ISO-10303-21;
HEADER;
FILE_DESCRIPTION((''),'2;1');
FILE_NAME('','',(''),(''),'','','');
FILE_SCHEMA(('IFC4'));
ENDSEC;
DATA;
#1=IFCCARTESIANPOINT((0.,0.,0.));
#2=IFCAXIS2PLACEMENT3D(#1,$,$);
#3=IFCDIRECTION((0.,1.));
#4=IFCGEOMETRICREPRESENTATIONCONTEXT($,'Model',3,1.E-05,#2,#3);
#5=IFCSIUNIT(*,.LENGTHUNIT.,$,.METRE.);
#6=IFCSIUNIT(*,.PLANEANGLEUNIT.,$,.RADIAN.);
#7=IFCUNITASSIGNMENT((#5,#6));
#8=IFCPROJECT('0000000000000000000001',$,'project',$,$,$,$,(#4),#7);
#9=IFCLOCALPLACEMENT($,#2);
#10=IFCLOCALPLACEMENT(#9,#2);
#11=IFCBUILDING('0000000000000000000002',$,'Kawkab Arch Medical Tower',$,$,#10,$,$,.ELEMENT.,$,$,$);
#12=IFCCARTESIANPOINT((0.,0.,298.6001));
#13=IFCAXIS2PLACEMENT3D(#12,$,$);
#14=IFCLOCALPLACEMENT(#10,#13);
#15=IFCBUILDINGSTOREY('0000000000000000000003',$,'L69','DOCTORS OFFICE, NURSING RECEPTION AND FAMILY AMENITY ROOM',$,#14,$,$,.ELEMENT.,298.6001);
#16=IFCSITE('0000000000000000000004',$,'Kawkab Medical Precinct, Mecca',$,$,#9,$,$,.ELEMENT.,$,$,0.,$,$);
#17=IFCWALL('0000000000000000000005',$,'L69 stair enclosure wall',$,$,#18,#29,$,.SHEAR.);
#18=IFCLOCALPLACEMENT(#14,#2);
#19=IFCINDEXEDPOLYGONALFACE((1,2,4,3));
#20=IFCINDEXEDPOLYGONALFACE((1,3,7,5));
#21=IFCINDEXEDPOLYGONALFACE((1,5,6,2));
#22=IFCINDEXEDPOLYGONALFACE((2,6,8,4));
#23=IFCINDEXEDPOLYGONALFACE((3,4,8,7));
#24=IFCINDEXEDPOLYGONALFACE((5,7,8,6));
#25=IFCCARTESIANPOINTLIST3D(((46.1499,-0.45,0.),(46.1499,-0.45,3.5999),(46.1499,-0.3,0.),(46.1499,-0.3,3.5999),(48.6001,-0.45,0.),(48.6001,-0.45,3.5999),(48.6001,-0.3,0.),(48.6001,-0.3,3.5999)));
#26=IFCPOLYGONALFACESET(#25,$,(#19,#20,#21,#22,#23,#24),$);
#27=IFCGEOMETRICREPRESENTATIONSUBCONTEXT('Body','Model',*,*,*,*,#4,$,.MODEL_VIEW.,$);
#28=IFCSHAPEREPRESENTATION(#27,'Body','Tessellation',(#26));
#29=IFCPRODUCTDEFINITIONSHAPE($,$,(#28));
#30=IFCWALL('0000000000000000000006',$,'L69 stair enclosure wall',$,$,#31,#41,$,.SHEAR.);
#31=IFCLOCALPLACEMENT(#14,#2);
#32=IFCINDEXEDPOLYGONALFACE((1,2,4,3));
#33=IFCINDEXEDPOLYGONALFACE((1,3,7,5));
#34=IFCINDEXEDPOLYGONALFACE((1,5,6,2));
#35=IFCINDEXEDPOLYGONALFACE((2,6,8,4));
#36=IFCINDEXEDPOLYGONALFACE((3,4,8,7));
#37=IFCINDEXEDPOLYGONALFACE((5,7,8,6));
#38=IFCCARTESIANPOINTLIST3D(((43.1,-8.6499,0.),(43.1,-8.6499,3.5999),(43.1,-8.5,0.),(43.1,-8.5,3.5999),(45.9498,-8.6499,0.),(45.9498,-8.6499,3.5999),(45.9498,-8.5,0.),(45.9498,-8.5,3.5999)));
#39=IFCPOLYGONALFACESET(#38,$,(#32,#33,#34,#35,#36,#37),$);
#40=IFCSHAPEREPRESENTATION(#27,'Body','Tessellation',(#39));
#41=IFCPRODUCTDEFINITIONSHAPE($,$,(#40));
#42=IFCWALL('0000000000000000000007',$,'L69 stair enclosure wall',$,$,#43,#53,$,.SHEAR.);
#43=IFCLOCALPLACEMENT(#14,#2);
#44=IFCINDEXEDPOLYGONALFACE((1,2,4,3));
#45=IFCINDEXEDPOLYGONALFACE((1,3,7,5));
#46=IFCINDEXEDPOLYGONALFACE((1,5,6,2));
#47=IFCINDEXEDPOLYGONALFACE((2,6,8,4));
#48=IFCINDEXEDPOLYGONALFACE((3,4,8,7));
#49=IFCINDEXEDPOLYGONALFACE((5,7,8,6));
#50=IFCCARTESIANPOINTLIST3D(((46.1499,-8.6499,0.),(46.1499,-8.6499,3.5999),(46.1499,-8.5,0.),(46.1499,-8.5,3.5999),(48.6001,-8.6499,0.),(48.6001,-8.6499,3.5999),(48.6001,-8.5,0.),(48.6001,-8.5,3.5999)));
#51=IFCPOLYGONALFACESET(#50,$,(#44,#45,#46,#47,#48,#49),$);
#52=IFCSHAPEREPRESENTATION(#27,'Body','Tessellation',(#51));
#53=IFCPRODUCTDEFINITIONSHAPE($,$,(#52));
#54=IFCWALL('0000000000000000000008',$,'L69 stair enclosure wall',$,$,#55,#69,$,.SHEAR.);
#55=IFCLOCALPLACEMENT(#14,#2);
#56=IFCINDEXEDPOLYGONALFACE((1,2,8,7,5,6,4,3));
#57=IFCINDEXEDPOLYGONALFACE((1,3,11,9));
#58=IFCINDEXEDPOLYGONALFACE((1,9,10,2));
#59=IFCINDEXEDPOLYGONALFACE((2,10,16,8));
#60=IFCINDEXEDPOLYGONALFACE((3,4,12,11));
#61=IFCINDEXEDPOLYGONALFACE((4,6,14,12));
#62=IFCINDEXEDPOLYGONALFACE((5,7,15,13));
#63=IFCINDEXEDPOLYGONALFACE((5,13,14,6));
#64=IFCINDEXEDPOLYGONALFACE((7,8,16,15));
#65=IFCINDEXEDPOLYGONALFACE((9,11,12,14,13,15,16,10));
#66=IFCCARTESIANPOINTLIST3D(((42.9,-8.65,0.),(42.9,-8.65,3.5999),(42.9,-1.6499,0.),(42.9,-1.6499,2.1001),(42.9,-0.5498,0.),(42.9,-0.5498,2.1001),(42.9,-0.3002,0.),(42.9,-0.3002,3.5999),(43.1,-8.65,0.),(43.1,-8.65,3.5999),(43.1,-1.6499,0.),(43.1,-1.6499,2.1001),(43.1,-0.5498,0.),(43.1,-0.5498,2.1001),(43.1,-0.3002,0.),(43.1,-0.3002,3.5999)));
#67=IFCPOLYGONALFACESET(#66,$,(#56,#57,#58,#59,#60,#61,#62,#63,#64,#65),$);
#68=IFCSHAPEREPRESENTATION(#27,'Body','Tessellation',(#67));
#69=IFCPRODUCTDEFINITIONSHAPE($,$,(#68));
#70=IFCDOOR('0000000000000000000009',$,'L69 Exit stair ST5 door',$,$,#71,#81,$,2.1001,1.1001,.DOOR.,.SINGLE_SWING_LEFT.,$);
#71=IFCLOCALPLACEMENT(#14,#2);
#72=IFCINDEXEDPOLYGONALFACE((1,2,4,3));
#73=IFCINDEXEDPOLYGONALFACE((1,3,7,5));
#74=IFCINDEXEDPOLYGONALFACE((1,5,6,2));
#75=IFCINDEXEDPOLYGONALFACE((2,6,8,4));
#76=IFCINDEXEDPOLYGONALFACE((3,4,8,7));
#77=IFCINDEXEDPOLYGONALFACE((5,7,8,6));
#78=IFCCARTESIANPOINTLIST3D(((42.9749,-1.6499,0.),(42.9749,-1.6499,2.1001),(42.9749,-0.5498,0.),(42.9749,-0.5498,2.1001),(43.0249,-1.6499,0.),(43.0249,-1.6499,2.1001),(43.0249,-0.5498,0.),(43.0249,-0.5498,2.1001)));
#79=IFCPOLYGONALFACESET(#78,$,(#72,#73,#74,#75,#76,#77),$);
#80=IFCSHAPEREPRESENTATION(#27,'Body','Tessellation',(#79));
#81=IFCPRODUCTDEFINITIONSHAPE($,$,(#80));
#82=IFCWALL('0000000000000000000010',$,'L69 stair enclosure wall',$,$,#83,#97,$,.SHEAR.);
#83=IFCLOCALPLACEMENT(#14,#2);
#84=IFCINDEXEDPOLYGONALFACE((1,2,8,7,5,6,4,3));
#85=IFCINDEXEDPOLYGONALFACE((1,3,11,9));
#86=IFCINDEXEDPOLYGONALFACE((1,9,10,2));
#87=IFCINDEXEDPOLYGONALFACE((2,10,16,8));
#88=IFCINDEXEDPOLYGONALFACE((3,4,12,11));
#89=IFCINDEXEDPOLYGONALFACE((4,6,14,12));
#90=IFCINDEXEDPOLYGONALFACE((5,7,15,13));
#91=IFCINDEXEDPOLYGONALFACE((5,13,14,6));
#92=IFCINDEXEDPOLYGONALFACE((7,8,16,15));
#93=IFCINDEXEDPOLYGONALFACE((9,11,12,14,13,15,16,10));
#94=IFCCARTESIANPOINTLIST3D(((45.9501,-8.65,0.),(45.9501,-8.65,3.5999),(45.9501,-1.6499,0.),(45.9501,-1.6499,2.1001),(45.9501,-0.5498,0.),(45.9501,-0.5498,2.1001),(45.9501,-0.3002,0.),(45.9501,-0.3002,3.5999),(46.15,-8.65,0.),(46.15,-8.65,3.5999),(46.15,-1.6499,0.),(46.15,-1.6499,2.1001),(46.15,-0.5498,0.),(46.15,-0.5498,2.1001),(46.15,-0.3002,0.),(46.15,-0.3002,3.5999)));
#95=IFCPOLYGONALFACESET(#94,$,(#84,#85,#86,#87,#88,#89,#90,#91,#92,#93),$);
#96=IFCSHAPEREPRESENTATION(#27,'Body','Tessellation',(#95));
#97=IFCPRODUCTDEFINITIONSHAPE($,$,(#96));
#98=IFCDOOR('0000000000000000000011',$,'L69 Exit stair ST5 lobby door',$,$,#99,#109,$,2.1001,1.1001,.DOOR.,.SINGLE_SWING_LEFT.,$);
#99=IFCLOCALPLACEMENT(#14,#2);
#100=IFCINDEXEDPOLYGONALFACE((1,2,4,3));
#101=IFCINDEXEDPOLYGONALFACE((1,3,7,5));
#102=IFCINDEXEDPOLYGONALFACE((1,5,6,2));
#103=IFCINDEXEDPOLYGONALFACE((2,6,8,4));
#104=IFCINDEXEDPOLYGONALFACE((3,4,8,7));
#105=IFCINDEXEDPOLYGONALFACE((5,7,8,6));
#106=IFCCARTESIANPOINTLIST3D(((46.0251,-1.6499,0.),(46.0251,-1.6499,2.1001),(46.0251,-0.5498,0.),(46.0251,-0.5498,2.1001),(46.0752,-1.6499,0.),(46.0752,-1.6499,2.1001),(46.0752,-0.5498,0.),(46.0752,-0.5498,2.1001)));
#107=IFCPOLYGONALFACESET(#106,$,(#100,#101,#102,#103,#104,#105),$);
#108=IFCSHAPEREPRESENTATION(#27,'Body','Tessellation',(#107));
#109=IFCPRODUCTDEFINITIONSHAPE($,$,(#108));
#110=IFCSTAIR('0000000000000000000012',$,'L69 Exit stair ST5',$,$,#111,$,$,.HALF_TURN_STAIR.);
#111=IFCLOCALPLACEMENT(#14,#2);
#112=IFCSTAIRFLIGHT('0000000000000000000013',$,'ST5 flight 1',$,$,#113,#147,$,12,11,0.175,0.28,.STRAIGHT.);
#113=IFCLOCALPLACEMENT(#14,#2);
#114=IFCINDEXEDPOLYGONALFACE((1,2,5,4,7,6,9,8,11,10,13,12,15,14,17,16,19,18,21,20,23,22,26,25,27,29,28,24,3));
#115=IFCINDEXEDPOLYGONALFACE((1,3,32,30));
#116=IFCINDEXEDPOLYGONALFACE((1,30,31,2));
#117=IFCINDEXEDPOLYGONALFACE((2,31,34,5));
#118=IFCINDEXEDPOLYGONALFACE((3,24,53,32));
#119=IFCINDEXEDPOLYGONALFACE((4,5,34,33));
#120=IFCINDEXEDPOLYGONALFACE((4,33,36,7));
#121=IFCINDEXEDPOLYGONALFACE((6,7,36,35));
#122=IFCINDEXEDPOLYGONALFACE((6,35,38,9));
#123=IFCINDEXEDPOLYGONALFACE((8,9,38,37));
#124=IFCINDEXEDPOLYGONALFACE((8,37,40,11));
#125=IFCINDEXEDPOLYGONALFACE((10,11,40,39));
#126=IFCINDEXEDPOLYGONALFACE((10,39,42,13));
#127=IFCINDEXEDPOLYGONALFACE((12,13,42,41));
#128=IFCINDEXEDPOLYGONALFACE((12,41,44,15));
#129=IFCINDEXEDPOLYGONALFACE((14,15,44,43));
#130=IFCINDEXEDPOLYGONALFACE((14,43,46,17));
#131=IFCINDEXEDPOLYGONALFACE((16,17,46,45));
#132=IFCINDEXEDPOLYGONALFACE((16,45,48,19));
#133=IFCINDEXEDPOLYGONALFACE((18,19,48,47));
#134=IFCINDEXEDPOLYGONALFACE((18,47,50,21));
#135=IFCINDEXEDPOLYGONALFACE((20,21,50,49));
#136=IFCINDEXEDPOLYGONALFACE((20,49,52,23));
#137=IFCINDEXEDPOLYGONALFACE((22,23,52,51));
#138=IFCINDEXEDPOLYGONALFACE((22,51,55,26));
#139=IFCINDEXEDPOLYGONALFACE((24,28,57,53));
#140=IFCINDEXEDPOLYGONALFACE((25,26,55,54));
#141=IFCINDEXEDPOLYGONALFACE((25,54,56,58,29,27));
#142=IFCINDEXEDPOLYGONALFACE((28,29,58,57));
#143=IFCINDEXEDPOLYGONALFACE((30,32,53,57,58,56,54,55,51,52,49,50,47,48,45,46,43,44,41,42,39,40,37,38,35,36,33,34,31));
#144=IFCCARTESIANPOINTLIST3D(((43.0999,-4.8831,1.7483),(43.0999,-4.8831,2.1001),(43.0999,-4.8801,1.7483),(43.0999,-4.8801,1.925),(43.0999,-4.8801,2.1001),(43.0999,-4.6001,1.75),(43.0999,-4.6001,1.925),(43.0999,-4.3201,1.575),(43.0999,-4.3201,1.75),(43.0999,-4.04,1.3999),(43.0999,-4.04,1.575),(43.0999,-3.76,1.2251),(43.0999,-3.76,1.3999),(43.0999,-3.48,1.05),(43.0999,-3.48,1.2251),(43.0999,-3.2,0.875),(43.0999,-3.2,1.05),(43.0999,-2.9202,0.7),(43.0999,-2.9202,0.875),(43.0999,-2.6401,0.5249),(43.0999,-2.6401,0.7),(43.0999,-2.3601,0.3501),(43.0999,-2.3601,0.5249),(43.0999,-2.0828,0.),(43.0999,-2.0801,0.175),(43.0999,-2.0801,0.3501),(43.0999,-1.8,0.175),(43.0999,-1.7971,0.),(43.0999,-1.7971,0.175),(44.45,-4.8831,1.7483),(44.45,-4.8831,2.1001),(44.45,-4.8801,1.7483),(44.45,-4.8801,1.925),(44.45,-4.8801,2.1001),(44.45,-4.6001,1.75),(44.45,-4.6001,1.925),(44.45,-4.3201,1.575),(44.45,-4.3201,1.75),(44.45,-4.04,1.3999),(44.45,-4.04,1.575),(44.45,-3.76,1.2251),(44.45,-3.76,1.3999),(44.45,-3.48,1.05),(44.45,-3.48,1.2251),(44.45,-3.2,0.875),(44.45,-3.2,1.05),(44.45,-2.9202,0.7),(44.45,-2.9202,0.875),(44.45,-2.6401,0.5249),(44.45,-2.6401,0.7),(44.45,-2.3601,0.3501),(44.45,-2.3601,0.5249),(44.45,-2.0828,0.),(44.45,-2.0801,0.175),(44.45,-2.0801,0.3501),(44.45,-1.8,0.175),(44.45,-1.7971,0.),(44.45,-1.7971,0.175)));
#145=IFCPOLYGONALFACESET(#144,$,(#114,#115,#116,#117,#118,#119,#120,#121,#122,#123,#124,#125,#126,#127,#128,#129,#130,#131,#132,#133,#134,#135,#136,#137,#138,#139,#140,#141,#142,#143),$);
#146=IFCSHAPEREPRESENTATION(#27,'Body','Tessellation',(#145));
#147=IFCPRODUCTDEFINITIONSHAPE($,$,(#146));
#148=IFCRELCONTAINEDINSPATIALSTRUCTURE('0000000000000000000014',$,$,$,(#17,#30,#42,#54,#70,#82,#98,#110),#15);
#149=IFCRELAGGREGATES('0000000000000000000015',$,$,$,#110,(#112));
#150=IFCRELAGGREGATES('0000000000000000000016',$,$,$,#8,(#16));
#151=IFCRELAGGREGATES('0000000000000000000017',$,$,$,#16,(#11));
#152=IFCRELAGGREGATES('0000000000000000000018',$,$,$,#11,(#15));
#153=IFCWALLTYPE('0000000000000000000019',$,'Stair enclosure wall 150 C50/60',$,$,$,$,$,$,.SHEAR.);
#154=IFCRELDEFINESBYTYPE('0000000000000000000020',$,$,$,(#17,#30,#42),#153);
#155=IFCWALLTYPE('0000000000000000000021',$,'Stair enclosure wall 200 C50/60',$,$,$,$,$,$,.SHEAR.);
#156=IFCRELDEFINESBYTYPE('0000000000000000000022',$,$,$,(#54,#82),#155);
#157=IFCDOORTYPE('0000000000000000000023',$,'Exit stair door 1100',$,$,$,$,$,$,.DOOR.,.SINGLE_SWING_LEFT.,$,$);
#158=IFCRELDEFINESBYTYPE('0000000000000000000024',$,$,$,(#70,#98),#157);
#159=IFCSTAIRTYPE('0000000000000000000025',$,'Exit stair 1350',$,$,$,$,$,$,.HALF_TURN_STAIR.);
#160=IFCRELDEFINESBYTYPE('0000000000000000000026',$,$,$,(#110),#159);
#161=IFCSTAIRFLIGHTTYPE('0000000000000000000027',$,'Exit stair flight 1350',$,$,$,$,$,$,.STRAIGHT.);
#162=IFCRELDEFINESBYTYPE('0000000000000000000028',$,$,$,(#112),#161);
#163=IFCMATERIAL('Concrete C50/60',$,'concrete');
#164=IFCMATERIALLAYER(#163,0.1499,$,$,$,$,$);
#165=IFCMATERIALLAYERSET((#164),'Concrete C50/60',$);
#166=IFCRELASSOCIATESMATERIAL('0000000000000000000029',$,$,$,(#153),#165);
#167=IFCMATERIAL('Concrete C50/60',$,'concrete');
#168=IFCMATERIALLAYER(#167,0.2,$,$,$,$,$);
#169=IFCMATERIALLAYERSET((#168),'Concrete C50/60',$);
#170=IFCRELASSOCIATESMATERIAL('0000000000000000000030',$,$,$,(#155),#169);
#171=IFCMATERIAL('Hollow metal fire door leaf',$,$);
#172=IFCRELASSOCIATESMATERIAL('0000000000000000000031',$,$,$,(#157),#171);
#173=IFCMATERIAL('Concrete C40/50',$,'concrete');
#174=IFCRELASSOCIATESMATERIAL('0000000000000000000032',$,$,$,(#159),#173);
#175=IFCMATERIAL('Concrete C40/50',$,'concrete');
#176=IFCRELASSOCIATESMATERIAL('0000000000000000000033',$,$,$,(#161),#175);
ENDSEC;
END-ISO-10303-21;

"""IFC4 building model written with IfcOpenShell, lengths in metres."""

from ifc_helpers import new_model, si_unit, direction, frame, frame_2d, origin, place, context, subcontext, project, spatial, polyline, rectangle, outline, extrude, material, layer, layer_set, type_object, element, fill, aggregate, save


model = new_model("IFC4")

# Units and contexts
model_context = context("Model", 3, precision=1e-05, world=origin(), true_north=direction((0.0, 1.0)))
body_context = subcontext(model_context, "Body", "Model", "MODEL_VIEW")
ifc_project = project(units=[si_unit("LENGTHUNIT", "METRE"), si_unit("PLANEANGLEUNIT", "RADIAN")], contexts=[model_context])

# Site, building, storey
site_placement = place(None, origin())
site = spatial("IfcSite", under=ifc_project, at=site_placement, Name="Kawkab Medical Precinct, Mecca", CompositionType="ELEMENT", RefElevation=0.0)
building_placement = place(site_placement, origin())
building = spatial("IfcBuilding", under=site, at=building_placement, Name="Kawkab Arch Medical Tower", CompositionType="ELEMENT")
storey_placement = place(building_placement, frame((0.0, 0.0, 298.6001)))
storey = spatial("IfcBuildingStorey", under=building, at=storey_placement, Name="L69", Description="DOCTORS OFFICE, NURSING RECEPTION AND FAMILY AMENITY ROOM", CompositionType="ELEMENT", Elevation=298.6001)

# Shared definitions
placement = place(storey_placement, origin())

# Walls
ifc_material_1 = material(Name="Concrete C50/60", Category="concrete")
ifc_layer_1 = layer(ifc_material_1, 0.1499)
ifc_layer_set_1 = layer_set([ifc_layer_1], Name="Concrete C50/60")
wall_type_1 = type_object("IfcWallType", Name="Stair enclosure wall 150 C50/60", PredefinedType="SHEAR", material=ifc_layer_set_1)
wall_1_placement = place(storey_placement, frame((46.1499, -0.375, 0.0), z_axis=(0.0, 0.0, 1.0), x_axis=(1.0, 0.0, 0.0)))
element("IfcWall", 1, at=wall_1_placement, inside=storey, type_object=wall_type_1, Name="L69 stair enclosure wall", PredefinedType="SHEAR", context=body_context, shape_type="SweptSolid", body=[
    extrude(rectangle(XDim=2.4502, YDim=0.1499, at=frame_2d((1.2251, 0.0))), origin(), (0.0, 0.0, 1.0), 3.5999),
])
wall_2_placement = place(storey_placement, frame((43.1001, -8.575, 0.0), z_axis=(0.0, 0.0, 1.0), x_axis=(1.0, 0.0, 0.0)))
element("IfcWall", 2, at=wall_2_placement, inside=storey, type_object=wall_type_1, Name="L69 stair enclosure wall", PredefinedType="SHEAR", context=body_context, shape_type="SweptSolid", body=[
    extrude(rectangle(XDim=2.8499, YDim=0.1499, at=frame_2d((1.4248, 0.0))), origin(), (0.0, 0.0, 1.0), 3.5999),
])
wall_3_placement = place(storey_placement, frame((46.1499, -8.575, 0.0), z_axis=(0.0, 0.0, 1.0), x_axis=(1.0, 0.0, 0.0)))
element("IfcWall", 3, at=wall_3_placement, inside=storey, type_object=wall_type_1, Name="L69 stair enclosure wall", PredefinedType="SHEAR", context=body_context, shape_type="SweptSolid", body=[
    extrude(rectangle(XDim=2.4502, YDim=0.1499, at=frame_2d((1.2251, 0.0))), origin(), (0.0, 0.0, 1.0), 3.5999),
])

# Walls, openings, doors
ifc_material_2 = material(Name="Concrete C50/60", Category="concrete")
ifc_layer_2 = layer(ifc_material_2, 0.2)
ifc_layer_set_2 = layer_set([ifc_layer_2], Name="Concrete C50/60")
wall_type_2 = type_object("IfcWallType", Name="Stair enclosure wall 200 C50/60", PredefinedType="SHEAR", material=ifc_layer_set_2)
wall_4_placement = place(storey_placement, frame((43.0, -8.6499, 0.0), z_axis=(0.0, 0.0, 1.0), x_axis=(0.0, 1.0, 0.0)))
wall_4 = element("IfcWall", 4, at=wall_4_placement, inside=storey, type_object=wall_type_2, Name="L69 stair enclosure wall", PredefinedType="SHEAR", context=body_context, shape_type="SweptSolid", body=[
    extrude(rectangle(XDim=8.3499, YDim=0.2, at=frame_2d((4.1748, 0.0))), origin(), (0.0, 0.0, 1.0), 3.5999),
])
opening_1_placement = place(wall_4_placement, frame((7.0, 0.0, 0.0)))
opening_1 = element("IfcOpeningElement", 5, at=opening_1_placement, cuts=wall_4, PredefinedType="OPENING", context=body_context, shape_type="SweptSolid", body=[
    extrude(rectangle(XDim=1.1001, YDim=2.1001, at=frame_2d((0.55, 1.05))), frame((0.0, 0.1099, 0.0), z_axis=(0.0, -1.0, 0.0), x_axis=(1.0, 0.0, 0.0)), (0.0, 0.0, 1.0), 0.22),
])
ifc_material_3 = material(Name="Hollow metal fire door leaf")
door_type_1 = type_object("IfcDoorType", Name="Exit stair door 1100", OperationType="SINGLE_SWING_LEFT", PredefinedType="DOOR", material=ifc_material_3)
door_1_placement = place(opening_1_placement, frame((1.1001, 0.0, 0.0), z_axis=(0.0, 0.0, 1.0), x_axis=(-1.0, 0.0, 0.0)))
door_1 = element("IfcDoor", 6, at=door_1_placement, inside=storey, type_object=door_type_1, Name="L69 Exit stair ST5 door", OperationType="SINGLE_SWING_LEFT", OverallHeight=2.1001, OverallWidth=1.1001, PredefinedType="DOOR", context=body_context, shape_type="SweptSolid", body=[
    extrude(rectangle(XDim=1.1001, YDim=2.1001, at=frame_2d((0.55, 1.05))), frame((0.0, 0.0249, 0.0), z_axis=(0.0, -1.0, 0.0), x_axis=(1.0, 0.0, 0.0)), (0.0, 0.0, 1.0), 0.05),
])
fill(opening_1, door_1)
wall_5_placement = place(storey_placement, frame((46.05, -8.6499, 0.0), z_axis=(0.0, 0.0, 1.0), x_axis=(0.0, 1.0, 0.0)))
wall_5 = element("IfcWall", 7, at=wall_5_placement, inside=storey, type_object=wall_type_2, Name="L69 stair enclosure wall", PredefinedType="SHEAR", context=body_context, shape_type="SweptSolid", body=[
    extrude(rectangle(XDim=8.3499, YDim=0.2, at=frame_2d((4.1748, 0.0))), origin(), (0.0, 0.0, 1.0), 3.5999),
])
opening_2_placement = place(wall_5_placement, frame((7.0, 0.0, 0.0)))
opening_2 = element("IfcOpeningElement", 8, at=opening_2_placement, cuts=wall_5, PredefinedType="OPENING", context=body_context, shape_type="SweptSolid", body=[
    extrude(rectangle(XDim=1.1001, YDim=2.1001, at=frame_2d((0.55, 1.05))), frame((0.0, 0.1099, 0.0), z_axis=(0.0, -1.0, 0.0), x_axis=(1.0, 0.0, 0.0)), (0.0, 0.0, 1.0), 0.22),
])
door_2_placement = place(opening_2_placement, origin())
door_2 = element("IfcDoor", 9, at=door_2_placement, inside=storey, type_object=door_type_1, Name="L69 Exit stair ST5 lobby door", OperationType="SINGLE_SWING_LEFT", OverallHeight=2.1001, OverallWidth=1.1001, PredefinedType="DOOR", context=body_context, shape_type="SweptSolid", body=[
    extrude(rectangle(XDim=1.1001, YDim=2.1001, at=frame_2d((0.55, 1.05))), frame((0.0, 0.0249, 0.0), z_axis=(0.0, -1.0, 0.0), x_axis=(1.0, 0.0, 0.0)), (0.0, 0.0, 1.0), 0.05),
])
fill(opening_2, door_2)

# Stair, stair flight
ifc_material_4 = material(Name="Concrete C40/50", Category="concrete")
stair_type = type_object("IfcStairType", Name="Exit stair 1350", PredefinedType="HALF_TURN_STAIR", material=ifc_material_4)
stair = element("IfcStair", 10, at=placement, inside=storey, type_object=stair_type, Name="L69 Exit stair ST5", PredefinedType="HALF_TURN_STAIR")
ifc_material_5 = material(Name="Concrete C40/50", Category="concrete")
stair_flight_type = type_object("IfcStairFlightType", Name="Exit stair flight 1350", PredefinedType="STRAIGHT", material=ifc_material_5)
stair_flight_1_placement = place(storey_placement, frame((43.7749, -1.8, 0.0), z_axis=(0.0, 0.0, 1.0), x_axis=(0.0, -1.0, 0.0)))
stair_flight_1 = element("IfcStairFlight", 11, at=stair_flight_1_placement, type_object=stair_flight_type, Name="ST5 flight 1", NumberOfRisers=12, NumberOfTreads=11, PredefinedType="STRAIGHT", RiserHeight=0.175, TreadLength=0.28, context=body_context, shape_type="SweptSolid", body=[
    extrude(outline(polyline([(-0.0029, 0.0), (-0.0029, 0.175), (0.0, 0.175), (0.28, 0.175), (0.28, 0.3501), (0.5601, 0.3501), (0.5601, 0.5249), (0.8401, 0.5249), (0.8401, 0.7), (1.1201, 0.7), (1.1201, 0.875), (1.3999, 0.875), (1.3999, 1.05), (1.6799, 1.05), (1.6799, 1.2251), (1.96, 1.2251), (1.96, 1.3999), (2.24, 1.3999), (2.24, 1.575), (2.52, 1.575), (2.52, 1.75), (2.8, 1.75), (2.8, 1.925), (3.0801, 1.925), (3.0801, 2.1001), (3.083, 2.1001), (3.083, 1.7483), (3.0801, 1.7483), (0.2827, 0.0), (-0.0029, 0.0)])), frame((0.0, 0.675, 0.0), z_axis=(0.0, -1.0, 0.0), x_axis=(1.0, 0.0, 0.0)), (0.0, 0.0, 1.0), 1.3501),
])
aggregate(stair, [stair_flight_1])

save(model, "model.ifc")
